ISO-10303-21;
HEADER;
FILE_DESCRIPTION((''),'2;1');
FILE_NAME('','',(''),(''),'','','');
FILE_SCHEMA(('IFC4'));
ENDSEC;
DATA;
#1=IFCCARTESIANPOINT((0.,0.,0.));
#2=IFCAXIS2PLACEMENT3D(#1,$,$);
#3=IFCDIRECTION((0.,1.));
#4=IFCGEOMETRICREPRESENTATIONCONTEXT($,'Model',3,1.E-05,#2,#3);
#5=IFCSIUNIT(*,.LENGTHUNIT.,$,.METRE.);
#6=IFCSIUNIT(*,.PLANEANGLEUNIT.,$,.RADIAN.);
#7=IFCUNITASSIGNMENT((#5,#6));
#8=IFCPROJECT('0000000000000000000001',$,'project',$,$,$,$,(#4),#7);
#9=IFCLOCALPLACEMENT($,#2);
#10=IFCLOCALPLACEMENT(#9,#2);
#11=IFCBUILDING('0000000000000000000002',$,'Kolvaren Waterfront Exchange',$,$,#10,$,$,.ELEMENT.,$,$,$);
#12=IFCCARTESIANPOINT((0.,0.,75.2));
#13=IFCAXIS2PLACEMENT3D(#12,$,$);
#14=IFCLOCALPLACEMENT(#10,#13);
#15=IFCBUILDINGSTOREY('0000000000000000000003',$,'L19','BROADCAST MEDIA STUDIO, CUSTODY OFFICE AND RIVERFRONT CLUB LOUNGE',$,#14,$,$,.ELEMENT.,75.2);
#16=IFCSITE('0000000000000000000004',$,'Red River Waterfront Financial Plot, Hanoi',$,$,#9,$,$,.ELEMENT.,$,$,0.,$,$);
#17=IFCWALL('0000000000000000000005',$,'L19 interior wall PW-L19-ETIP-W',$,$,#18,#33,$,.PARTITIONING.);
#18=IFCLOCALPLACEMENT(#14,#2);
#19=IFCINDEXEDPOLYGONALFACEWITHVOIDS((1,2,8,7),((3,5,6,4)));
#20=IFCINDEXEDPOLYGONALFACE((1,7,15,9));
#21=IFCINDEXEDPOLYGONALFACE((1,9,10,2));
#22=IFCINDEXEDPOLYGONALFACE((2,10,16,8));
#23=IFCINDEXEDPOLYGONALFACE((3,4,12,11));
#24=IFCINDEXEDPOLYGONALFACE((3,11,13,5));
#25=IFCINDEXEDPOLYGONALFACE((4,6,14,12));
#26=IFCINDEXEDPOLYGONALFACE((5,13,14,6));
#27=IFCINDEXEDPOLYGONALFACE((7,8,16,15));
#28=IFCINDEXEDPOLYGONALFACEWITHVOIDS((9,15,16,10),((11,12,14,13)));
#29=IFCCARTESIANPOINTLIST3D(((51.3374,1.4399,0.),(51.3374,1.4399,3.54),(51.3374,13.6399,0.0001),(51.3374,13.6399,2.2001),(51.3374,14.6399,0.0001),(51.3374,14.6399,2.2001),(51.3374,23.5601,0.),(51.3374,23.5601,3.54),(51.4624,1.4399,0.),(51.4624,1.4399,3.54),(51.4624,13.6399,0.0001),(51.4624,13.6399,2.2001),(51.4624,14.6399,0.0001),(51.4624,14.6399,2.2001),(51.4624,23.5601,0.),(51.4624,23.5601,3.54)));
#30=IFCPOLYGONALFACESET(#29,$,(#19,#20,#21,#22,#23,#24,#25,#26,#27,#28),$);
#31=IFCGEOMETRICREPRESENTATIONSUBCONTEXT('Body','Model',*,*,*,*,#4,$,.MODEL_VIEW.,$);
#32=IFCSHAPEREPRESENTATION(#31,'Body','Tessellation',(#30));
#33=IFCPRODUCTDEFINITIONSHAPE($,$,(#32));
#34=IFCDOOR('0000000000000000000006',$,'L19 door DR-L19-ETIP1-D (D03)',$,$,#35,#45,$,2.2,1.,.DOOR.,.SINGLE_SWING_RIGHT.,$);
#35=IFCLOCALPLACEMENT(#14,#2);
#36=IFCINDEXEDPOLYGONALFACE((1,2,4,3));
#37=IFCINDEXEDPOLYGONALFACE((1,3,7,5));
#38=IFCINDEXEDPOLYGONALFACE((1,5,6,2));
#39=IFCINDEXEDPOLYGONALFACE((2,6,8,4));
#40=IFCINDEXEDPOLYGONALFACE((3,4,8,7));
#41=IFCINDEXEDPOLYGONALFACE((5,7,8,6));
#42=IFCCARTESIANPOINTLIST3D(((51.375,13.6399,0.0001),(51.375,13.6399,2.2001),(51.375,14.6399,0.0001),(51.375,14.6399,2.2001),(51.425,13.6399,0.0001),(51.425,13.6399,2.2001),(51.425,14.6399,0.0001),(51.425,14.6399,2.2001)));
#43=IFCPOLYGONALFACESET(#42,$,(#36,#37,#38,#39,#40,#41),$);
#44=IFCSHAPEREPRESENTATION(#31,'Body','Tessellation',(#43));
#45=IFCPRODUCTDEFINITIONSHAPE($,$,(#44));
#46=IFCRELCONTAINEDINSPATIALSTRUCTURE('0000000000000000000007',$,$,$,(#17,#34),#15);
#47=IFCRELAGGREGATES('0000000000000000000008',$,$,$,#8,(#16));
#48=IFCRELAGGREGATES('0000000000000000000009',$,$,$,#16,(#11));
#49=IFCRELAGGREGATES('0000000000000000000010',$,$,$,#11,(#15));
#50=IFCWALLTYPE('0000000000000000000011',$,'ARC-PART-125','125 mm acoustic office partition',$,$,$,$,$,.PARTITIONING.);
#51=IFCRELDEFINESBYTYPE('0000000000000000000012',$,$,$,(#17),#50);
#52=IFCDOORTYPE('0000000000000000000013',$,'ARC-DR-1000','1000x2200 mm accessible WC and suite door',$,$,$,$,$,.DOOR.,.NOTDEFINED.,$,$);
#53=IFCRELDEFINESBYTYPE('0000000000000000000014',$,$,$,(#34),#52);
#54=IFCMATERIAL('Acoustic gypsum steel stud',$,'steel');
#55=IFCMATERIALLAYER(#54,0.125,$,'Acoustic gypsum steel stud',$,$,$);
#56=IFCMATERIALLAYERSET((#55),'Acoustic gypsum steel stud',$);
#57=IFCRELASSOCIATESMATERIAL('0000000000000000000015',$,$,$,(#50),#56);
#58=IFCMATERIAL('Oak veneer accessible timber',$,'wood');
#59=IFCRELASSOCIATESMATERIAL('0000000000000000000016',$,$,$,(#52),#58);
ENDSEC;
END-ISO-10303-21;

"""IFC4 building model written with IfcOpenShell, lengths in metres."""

from ifc_helpers import new_model, si_unit, direction, frame, frame_2d, origin, place, context, subcontext, project, spatial, rectangle, extrude, material, layer, layer_set, type_object, element, fill, save


model = new_model("IFC4")

# Units and contexts
model_context = context("Model", 3, precision=1e-05, world=origin(), true_north=direction((0.0, 1.0)))
body_context = subcontext(model_context, "Body", "Model", "MODEL_VIEW")
ifc_project = project(units=[si_unit("LENGTHUNIT", "METRE"), si_unit("PLANEANGLEUNIT", "RADIAN")], contexts=[model_context])

# Site, building, storey
site_placement = place(None, origin())
site = spatial("IfcSite", under=ifc_project, at=site_placement, Name="Red River Waterfront Financial Plot, Hanoi", CompositionType="ELEMENT", RefElevation=0.0)
building_placement = place(site_placement, origin())
building = spatial("IfcBuilding", under=site, at=building_placement, Name="Kolvaren Waterfront Exchange", CompositionType="ELEMENT")
storey_placement = place(building_placement, frame((0.0, 0.0, 75.2)))
storey = spatial("IfcBuildingStorey", under=building, at=storey_placement, Name="L19", Description="BROADCAST MEDIA STUDIO, CUSTODY OFFICE AND RIVERFRONT CLUB LOUNGE", CompositionType="ELEMENT", Elevation=75.2)

# Wall, opening, door
ifc_material_1 = material(Name="Acoustic gypsum steel stud", Category="steel")
ifc_layer_1 = layer(ifc_material_1, 0.125, Name="Acoustic gypsum steel stud")
ifc_layer_set_1 = layer_set([ifc_layer_1], Name="Acoustic gypsum steel stud")
wall_type_1 = type_object("IfcWallType", Name="ARC-PART-125", Description="125 mm acoustic office partition", PredefinedType="PARTITIONING", material=ifc_layer_set_1)
wall_1_placement = place(storey_placement, frame((51.3999, 1.4399, 0.0), z_axis=(0.0, 0.0, 1.0), x_axis=(0.0, 1.0, 0.0)))
wall_1 = element("IfcWall", 1, at=wall_1_placement, inside=storey, type_object=wall_type_1, Name="L19 interior wall PW-L19-ETIP-W", PredefinedType="PARTITIONING", context=body_context, shape_type="SweptSolid", body=[
    extrude(rectangle(XDim=22.1201, YDim=0.125, at=frame_2d((11.0601, 0.0))), origin(), (0.0, 0.0, 1.0), 3.54),
])
opening_placement = place(wall_1_placement, frame((12.2, 0.0, 0.0)))
opening = element("IfcOpeningElement", 2, at=opening_placement, cuts=wall_1, PredefinedType="OPENING", context=body_context, shape_type="SweptSolid", body=[
    extrude(rectangle(XDim=1.0, YDim=2.2, at=frame_2d((0.5, 1.1001))), frame((0.0, 0.0725, 0.0), z_axis=(0.0, -1.0, 0.0), x_axis=(1.0, 0.0, 0.0)), (0.0, 0.0, 1.0), 0.145),
])
ifc_material_2 = material(Name="Oak veneer accessible timber", Category="wood")
door_type = type_object("IfcDoorType", Name="ARC-DR-1000", Description="1000x2200 mm accessible WC and suite door", OperationType="NOTDEFINED", PredefinedType="DOOR", material=ifc_material_2)
door_placement = place(opening_placement, origin())
door = element("IfcDoor", 3, at=door_placement, inside=storey, type_object=door_type, Name="L19 door DR-L19-ETIP1-D (D03)", OperationType="SINGLE_SWING_RIGHT", OverallHeight=2.2, OverallWidth=1.0, PredefinedType="DOOR", context=body_context, shape_type="SweptSolid", body=[
    extrude(rectangle(XDim=1.0, YDim=2.2, at=frame_2d((0.5, 1.1001))), frame((0.0, 0.0249, 0.0), z_axis=(0.0, -1.0, 0.0), x_axis=(1.0, 0.0, 0.0)), (0.0, 0.0, 1.0), 0.05),
])
fill(opening, door)

save(model, "model.ifc")
